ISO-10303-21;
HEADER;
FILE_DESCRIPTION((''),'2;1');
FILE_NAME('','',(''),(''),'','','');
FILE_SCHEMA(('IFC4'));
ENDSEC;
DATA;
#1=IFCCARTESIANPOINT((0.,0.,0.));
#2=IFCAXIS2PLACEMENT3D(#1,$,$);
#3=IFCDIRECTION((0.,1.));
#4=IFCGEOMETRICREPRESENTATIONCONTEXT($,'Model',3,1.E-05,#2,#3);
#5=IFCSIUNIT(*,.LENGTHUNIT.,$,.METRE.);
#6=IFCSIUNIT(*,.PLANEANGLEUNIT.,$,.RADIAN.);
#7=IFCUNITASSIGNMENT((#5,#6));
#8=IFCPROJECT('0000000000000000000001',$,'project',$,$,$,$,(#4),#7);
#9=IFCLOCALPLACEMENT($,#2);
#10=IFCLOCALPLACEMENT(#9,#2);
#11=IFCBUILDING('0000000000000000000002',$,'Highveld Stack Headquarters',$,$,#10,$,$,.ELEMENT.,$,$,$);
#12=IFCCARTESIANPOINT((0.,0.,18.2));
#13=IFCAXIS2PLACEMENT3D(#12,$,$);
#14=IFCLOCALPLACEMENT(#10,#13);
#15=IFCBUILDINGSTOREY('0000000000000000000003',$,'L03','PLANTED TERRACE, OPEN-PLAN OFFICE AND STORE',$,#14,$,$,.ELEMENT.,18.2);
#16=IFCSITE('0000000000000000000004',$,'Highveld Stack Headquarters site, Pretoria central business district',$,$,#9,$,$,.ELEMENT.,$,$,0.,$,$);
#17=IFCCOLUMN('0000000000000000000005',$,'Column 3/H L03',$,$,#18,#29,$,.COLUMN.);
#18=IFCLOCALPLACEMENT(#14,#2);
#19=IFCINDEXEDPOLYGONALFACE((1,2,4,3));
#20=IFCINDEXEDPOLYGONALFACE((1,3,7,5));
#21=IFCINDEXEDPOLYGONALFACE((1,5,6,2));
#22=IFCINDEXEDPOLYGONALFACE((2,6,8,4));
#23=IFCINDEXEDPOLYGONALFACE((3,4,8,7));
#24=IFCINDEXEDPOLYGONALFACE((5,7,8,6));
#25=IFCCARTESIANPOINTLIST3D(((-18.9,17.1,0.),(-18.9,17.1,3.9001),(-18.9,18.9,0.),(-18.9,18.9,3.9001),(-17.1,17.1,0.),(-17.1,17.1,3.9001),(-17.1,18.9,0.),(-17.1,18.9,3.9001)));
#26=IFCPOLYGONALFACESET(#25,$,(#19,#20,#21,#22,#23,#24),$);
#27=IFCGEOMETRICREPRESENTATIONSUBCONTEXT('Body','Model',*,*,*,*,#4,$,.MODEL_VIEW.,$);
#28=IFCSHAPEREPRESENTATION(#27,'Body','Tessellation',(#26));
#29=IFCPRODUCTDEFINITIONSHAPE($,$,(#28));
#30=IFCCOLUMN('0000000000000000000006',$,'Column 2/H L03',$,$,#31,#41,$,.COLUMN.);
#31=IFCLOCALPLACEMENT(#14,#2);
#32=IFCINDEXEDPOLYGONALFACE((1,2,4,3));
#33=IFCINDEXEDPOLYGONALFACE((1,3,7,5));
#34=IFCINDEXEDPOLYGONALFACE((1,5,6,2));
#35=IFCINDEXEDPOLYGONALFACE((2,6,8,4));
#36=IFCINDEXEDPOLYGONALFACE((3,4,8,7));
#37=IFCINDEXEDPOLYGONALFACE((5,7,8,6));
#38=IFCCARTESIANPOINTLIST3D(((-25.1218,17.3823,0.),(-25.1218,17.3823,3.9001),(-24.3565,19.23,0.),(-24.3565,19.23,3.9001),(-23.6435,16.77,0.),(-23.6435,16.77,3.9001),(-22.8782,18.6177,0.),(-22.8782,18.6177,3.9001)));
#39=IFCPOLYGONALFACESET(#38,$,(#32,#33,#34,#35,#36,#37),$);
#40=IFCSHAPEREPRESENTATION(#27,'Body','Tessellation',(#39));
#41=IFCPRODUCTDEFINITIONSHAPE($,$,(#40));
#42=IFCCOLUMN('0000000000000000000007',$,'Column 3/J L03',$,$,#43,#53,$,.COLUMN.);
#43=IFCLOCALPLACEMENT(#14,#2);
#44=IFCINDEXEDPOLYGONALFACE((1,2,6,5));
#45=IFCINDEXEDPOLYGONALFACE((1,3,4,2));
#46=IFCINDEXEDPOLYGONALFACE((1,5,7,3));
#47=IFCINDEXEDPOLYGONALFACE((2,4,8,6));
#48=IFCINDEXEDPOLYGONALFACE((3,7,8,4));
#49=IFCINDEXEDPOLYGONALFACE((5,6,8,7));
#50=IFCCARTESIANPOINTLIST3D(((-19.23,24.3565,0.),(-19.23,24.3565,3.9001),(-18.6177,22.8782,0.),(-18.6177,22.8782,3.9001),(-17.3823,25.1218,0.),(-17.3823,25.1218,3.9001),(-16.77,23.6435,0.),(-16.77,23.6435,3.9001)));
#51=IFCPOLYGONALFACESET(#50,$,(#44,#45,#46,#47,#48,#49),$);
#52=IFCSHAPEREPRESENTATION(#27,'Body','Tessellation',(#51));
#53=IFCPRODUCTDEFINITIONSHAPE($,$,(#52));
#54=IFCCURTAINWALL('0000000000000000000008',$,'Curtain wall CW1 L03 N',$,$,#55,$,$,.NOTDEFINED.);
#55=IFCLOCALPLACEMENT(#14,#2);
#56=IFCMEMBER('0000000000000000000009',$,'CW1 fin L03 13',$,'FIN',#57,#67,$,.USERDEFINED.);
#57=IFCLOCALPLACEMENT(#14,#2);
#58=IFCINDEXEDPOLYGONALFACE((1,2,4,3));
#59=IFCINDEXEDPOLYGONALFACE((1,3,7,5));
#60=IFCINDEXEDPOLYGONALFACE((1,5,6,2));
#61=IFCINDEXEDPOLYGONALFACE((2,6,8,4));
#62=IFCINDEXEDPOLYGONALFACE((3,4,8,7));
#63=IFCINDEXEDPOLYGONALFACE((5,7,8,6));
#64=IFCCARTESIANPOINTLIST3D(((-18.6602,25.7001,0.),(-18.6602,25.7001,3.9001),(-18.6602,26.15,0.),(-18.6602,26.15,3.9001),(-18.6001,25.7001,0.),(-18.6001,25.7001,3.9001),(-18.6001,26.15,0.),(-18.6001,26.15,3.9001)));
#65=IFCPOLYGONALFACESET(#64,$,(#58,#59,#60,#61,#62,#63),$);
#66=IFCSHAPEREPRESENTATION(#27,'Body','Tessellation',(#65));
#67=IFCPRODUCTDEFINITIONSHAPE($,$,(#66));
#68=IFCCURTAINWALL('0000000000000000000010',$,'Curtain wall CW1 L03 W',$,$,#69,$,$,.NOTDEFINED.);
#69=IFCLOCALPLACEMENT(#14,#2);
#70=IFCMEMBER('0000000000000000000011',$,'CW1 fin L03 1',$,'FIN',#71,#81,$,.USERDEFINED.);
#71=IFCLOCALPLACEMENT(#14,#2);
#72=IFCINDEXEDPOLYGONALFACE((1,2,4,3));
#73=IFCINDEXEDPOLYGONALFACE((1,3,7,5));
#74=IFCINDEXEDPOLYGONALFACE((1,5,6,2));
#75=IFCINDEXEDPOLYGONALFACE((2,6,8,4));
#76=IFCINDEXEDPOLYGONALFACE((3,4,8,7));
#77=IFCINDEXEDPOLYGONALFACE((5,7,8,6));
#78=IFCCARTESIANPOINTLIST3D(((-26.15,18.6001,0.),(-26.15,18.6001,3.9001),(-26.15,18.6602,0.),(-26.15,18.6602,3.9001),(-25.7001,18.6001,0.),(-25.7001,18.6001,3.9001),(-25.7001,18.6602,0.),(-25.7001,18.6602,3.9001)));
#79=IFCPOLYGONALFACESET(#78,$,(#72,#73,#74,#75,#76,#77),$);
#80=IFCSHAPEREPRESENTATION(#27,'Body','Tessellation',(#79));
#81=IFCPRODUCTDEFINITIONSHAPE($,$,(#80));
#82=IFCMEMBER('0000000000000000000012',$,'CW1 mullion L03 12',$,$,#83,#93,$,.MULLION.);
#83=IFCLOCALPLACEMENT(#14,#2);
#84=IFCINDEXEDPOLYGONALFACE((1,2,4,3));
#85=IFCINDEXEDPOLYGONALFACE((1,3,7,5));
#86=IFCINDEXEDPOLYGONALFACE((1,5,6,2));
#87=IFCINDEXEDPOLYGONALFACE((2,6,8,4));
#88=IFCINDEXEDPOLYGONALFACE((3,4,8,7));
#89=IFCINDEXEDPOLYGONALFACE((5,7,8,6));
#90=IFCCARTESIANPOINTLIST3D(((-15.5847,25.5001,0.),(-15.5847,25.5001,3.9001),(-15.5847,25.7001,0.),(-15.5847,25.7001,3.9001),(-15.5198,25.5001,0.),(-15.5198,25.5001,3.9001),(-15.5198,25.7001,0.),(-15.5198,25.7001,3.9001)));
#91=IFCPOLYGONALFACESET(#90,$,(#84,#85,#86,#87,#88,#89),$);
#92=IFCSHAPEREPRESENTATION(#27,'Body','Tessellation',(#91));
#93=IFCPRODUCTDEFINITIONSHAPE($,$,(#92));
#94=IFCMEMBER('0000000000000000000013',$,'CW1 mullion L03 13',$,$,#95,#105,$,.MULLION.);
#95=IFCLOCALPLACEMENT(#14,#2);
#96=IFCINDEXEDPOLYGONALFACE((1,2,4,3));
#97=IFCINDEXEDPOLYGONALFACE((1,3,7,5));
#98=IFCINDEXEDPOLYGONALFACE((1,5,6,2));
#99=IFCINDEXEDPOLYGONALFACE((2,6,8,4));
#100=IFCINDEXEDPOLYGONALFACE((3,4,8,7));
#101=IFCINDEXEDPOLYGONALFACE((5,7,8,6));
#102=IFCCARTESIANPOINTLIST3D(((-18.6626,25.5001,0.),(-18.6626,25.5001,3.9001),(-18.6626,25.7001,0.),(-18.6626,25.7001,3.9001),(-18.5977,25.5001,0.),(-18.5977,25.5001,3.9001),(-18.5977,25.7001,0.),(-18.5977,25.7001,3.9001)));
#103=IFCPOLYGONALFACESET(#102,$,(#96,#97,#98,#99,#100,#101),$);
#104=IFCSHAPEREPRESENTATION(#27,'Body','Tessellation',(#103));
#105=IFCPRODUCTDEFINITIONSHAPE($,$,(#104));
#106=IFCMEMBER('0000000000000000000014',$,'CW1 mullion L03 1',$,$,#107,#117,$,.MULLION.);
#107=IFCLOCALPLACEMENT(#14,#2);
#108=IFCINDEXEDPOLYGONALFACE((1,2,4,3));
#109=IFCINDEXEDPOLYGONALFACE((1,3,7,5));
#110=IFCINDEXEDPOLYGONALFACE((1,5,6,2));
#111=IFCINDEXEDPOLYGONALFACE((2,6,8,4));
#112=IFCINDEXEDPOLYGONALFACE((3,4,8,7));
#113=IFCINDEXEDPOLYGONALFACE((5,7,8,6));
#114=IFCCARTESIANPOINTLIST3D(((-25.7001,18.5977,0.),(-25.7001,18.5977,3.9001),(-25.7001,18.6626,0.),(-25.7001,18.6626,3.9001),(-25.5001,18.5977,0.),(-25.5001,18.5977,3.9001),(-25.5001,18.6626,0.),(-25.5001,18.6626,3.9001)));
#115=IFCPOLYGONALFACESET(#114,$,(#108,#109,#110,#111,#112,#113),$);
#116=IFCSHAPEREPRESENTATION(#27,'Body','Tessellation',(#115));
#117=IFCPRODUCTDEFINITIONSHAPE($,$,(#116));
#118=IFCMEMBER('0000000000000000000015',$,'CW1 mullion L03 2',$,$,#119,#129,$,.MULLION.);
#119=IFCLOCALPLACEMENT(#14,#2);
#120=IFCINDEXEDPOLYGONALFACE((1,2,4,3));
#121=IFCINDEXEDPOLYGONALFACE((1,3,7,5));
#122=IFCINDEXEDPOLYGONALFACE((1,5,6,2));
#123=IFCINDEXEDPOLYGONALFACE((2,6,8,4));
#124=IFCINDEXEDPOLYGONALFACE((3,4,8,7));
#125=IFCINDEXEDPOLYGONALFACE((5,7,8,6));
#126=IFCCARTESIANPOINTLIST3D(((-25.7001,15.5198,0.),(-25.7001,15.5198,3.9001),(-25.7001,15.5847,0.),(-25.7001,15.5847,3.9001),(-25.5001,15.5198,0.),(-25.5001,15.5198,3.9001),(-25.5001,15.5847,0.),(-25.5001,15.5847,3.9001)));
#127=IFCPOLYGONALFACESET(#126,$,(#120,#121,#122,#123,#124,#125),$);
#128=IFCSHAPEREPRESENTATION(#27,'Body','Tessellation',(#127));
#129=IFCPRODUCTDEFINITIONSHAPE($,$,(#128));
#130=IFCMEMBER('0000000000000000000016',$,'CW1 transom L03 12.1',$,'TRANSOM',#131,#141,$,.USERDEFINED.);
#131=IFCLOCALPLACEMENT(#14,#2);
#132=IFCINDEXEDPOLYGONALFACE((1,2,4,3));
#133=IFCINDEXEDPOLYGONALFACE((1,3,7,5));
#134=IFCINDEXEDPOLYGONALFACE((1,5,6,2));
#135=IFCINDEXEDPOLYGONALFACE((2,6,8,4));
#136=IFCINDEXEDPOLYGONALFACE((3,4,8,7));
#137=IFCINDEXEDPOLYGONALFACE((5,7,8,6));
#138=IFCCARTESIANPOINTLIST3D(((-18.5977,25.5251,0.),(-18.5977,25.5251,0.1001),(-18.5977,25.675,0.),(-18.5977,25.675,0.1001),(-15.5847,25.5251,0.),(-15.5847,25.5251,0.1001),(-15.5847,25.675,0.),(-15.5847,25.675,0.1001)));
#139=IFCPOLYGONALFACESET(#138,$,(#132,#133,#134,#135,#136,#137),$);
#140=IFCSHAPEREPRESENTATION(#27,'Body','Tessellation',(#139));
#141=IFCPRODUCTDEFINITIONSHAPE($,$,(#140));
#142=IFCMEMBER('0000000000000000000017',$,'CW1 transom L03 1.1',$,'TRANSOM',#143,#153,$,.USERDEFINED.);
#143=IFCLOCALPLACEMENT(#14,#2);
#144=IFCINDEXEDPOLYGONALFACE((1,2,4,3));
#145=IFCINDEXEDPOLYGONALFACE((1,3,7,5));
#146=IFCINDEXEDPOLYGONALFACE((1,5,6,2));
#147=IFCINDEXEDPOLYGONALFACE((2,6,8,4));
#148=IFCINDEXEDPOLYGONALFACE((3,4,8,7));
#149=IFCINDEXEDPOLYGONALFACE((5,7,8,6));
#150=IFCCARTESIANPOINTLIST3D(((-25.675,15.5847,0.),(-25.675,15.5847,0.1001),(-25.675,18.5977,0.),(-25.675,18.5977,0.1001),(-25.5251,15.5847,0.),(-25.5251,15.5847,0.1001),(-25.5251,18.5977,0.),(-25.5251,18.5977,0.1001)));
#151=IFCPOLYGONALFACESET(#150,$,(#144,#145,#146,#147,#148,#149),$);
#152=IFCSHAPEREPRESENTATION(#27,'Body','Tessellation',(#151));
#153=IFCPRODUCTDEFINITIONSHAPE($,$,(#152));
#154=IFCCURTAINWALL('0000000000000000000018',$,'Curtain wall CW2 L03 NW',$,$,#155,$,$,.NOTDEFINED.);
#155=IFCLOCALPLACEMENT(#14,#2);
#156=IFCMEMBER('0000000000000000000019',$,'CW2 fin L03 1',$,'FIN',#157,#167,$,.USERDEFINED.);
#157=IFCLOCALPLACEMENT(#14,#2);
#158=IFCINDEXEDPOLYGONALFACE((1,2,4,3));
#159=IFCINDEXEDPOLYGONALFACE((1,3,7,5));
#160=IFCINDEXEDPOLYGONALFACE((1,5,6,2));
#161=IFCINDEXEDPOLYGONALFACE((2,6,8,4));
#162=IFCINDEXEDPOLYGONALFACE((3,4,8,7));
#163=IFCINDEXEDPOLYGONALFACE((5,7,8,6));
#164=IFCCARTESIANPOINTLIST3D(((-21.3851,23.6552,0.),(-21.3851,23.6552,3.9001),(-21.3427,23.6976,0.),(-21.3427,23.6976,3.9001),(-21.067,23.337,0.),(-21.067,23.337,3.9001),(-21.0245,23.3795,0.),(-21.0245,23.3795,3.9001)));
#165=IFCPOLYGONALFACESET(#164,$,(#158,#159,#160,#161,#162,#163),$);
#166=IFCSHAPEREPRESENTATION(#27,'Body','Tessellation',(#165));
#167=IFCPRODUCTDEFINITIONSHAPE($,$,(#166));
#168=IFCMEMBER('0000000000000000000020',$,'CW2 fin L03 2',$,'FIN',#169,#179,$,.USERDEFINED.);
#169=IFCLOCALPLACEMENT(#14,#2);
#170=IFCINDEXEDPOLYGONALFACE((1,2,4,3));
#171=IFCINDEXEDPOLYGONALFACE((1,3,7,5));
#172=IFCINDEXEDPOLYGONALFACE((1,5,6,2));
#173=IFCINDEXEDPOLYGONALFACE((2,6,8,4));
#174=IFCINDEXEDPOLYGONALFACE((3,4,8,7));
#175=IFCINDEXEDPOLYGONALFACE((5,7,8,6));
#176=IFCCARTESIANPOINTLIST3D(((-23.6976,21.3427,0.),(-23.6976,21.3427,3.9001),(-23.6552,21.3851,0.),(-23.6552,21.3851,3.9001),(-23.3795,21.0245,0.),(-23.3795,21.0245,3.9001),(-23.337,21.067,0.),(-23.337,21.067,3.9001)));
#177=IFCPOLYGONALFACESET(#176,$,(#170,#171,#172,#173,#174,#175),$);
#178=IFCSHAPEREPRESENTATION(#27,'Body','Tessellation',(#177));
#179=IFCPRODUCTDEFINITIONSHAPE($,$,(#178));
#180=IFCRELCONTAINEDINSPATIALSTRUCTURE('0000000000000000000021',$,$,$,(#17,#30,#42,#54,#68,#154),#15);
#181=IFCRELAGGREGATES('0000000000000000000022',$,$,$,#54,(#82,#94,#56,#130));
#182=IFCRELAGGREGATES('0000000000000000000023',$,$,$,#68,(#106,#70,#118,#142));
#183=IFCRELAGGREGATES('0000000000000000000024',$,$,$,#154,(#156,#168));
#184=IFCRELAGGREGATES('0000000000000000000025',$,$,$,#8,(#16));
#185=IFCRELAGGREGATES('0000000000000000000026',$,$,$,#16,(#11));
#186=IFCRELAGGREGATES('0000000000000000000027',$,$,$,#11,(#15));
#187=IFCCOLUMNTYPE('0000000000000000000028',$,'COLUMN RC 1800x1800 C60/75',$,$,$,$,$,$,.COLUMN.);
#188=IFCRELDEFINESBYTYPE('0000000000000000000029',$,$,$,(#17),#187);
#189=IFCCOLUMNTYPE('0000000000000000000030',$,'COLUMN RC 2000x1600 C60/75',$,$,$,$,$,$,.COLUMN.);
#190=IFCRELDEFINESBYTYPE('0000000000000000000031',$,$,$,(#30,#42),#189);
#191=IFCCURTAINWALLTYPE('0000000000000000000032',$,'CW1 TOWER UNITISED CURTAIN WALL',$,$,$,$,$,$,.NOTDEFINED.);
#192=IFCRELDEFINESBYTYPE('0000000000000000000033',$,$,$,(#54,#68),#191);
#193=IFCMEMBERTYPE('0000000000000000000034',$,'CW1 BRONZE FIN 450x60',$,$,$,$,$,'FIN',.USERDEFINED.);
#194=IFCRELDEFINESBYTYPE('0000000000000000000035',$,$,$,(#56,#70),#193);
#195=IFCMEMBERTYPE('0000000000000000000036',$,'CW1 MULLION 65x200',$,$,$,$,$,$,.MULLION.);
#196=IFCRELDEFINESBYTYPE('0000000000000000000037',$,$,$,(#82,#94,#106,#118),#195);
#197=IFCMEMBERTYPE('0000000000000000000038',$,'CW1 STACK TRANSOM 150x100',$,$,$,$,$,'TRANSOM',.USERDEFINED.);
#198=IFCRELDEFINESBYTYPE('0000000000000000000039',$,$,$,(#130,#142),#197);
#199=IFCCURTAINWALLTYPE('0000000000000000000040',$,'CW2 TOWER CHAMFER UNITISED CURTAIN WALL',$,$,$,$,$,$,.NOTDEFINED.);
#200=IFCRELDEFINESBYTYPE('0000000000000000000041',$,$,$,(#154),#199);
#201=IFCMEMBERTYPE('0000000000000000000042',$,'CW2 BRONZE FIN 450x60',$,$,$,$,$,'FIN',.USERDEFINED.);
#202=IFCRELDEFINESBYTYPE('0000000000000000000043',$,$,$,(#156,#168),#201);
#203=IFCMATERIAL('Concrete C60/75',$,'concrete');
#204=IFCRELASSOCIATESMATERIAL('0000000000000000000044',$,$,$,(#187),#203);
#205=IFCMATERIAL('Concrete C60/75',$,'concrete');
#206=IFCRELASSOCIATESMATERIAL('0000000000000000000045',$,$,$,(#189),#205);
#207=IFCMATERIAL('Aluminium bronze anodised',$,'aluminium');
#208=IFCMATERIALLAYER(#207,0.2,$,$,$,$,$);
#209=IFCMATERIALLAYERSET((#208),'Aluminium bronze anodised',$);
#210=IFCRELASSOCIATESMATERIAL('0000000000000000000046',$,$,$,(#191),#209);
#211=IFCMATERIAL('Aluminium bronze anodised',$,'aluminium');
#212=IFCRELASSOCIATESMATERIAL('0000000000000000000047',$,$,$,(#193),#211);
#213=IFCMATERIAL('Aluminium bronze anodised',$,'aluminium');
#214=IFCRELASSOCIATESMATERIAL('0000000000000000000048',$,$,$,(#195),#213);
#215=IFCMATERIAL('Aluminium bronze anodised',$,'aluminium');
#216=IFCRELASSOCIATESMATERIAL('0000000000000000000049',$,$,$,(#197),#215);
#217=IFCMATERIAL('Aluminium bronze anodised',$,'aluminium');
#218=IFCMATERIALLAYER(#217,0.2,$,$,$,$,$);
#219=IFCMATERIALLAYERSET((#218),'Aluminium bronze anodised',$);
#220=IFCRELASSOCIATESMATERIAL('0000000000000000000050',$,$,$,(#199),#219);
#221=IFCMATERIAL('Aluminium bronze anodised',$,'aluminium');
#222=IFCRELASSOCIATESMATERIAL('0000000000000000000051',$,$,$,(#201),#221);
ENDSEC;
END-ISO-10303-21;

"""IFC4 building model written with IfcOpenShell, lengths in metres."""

from ifc_helpers import new_model, si_unit, direction, frame, origin, origin_2d, place, context, subcontext, project, spatial, rectangle, extrude, material, layer, layer_set, material_profile, profile_set, type_object, element, aggregate, save


model = new_model("IFC4")

# Units and contexts
model_context = context("Model", 3, precision=1e-05, world=origin(), true_north=direction((0.0, 1.0)))
body_context = subcontext(model_context, "Body", "Model", "MODEL_VIEW")
ifc_project = project(units=[si_unit("LENGTHUNIT", "METRE"), si_unit("PLANEANGLEUNIT", "RADIAN")], contexts=[model_context])

# Site, building, storey
site_placement = place(None, origin())
site = spatial("IfcSite", under=ifc_project, at=site_placement, Name="Highveld Stack Headquarters site, Pretoria central business district", CompositionType="ELEMENT", RefElevation=0.0)
building_placement = place(site_placement, origin())
building = spatial("IfcBuilding", under=site, at=building_placement, Name="Highveld Stack Headquarters", CompositionType="ELEMENT")
storey_placement = place(building_placement, frame((0.0, 0.0, 18.2)))
storey = spatial("IfcBuildingStorey", under=building, at=storey_placement, Name="L03", Description="PLANTED TERRACE, OPEN-PLAN OFFICE AND STORE", CompositionType="ELEMENT", Elevation=18.2)

# Columns
ifc_material_1 = material(Name="Concrete C60/75", Category="concrete")
ifc_material_profile_1 = material_profile(ifc_material_1, rectangle(XDim=1.8, YDim=1.8, at=origin_2d()), Name="RC 1800x1800")
ifc_profile_set_1 = profile_set([ifc_material_profile_1], Name="Concrete C60/75")
column_type_1 = type_object("IfcColumnType", Name="COLUMN RC 1800x1800 C60/75", PredefinedType="COLUMN", material=ifc_profile_set_1)
column_placement = place(storey_placement, frame((-18.0, 18.0, 0.0), z_axis=(0.0, 0.0, 1.0), x_axis=(1.0, 0.0, 0.0)))
element("IfcColumn", 1, at=column_placement, inside=storey, type_object=column_type_1, Name="Column 3/H L03", PredefinedType="COLUMN", context=body_context, shape_type="SweptSolid", body=[
    extrude(rectangle(XDim=1.8, YDim=1.8, at=origin_2d()), origin(), (0.0, 0.0, 1.0), 3.9001),
])
ifc_material_2 = material(Name="Concrete C60/75", Category="concrete")
ifc_material_profile_2 = material_profile(ifc_material_2, rectangle(XDim=2.0, YDim=1.6001, at=origin_2d()), Name="RC 2000x1600")
ifc_profile_set_2 = profile_set([ifc_material_profile_2], Name="Concrete C60/75")
column_type_2 = type_object("IfcColumnType", Name="COLUMN RC 2000x1600 C60/75", PredefinedType="COLUMN", material=ifc_profile_set_2)
for number, where, z_axis, x_axis, name in (
    (2, (-24.0, 18.0, 0.0), (0.0, 0.0, 1.0), (0.382683, 0.92388, 0.0), "Column 2/H L03"),
    (3, (-18.0, 24.0, 0.0), (0.0, 0.0, 1.0), (0.92388, 0.382683, 0.0), "Column 3/J L03"),
):
    element("IfcColumn", number, at=place(storey_placement, frame(where, z_axis=z_axis, x_axis=x_axis)), inside=storey, type_object=column_type_2, Name=name, PredefinedType="COLUMN", context=body_context, shape_type="SweptSolid", body=[
        extrude(rectangle(XDim=2.0, YDim=1.6001, at=origin_2d()), origin(), (0.0, 0.0, 1.0), 3.9001),
    ])

# Curtain walls, members
ifc_material_3 = material(Name="Aluminium bronze anodised", Category="aluminium")
ifc_layer_1 = layer(ifc_material_3, 0.2)
ifc_layer_set_1 = layer_set([ifc_layer_1], Name="Aluminium bronze anodised")
curtain_wall_type_1 = type_object("IfcCurtainWallType", Name="CW1 TOWER UNITISED CURTAIN WALL", PredefinedType="NOTDEFINED", material=ifc_layer_set_1)
curtain_wall_1_placement = place(storey_placement, origin())
curtain_wall_1 = element("IfcCurtainWall", 4, at=curtain_wall_1_placement, inside=storey, type_object=curtain_wall_type_1, Name="Curtain wall CW1 L03 N", PredefinedType="NOTDEFINED")
ifc_material_4 = material(Name="Aluminium bronze anodised", Category="aluminium")
ifc_material_profile_3 = material_profile(ifc_material_4, rectangle(XDim=0.45, YDim=0.0601, at=origin_2d()), Name="FIN 450x60")
ifc_profile_set_3 = profile_set([ifc_material_profile_3], Name="Aluminium bronze anodised")
member_type_1 = type_object("IfcMemberType", Name="CW1 BRONZE FIN 450x60", ElementType="FIN", PredefinedType="USERDEFINED", material=ifc_profile_set_3)
member_1_placement = place(storey_placement, frame((-18.6301, 25.925, 0.0), z_axis=(0.0, 0.0, 1.0), x_axis=(0.0, -1.0, 0.0)))
member_1 = element("IfcMember", 5, at=member_1_placement, type_object=member_type_1, Name="CW1 fin L03 13", ObjectType="FIN", PredefinedType="USERDEFINED", context=body_context, shape_type="SweptSolid", body=[
    extrude(rectangle(XDim=0.45, YDim=0.0601, at=origin_2d()), origin(), (0.0, 0.0, 1.0), 3.9001),
])
curtain_wall_2_placement = place(storey_placement, origin())
curtain_wall_2 = element("IfcCurtainWall", 6, at=curtain_wall_2_placement, inside=storey, type_object=curtain_wall_type_1, Name="Curtain wall CW1 L03 W", PredefinedType="NOTDEFINED")
member_2_placement = place(storey_placement, frame((-25.925, 18.6301, 0.0), z_axis=(0.0, 0.0, 1.0), x_axis=(1.0, 0.0, 0.0)))
member_2 = element("IfcMember", 7, at=member_2_placement, type_object=member_type_1, Name="CW1 fin L03 1", ObjectType="FIN", PredefinedType="USERDEFINED", context=body_context, shape_type="SweptSolid", body=[
    extrude(rectangle(XDim=0.45, YDim=0.0601, at=origin_2d()), origin(), (0.0, 0.0, 1.0), 3.9001),
])

# Members
ifc_material_5 = material(Name="Aluminium bronze anodised", Category="aluminium")
ifc_material_profile_4 = material_profile(ifc_material_5, rectangle(XDim=0.2, YDim=0.0649, at=origin_2d()), Name="CW1 MULLION 65x200")
ifc_profile_set_4 = profile_set([ifc_material_profile_4], Name="Aluminium bronze anodised")
member_type_2 = type_object("IfcMemberType", Name="CW1 MULLION 65x200", PredefinedType="MULLION", material=ifc_profile_set_4)
member_3_placement = place(storey_placement, frame((-15.5522, 25.6001, 0.0), z_axis=(0.0, 0.0, 1.0), x_axis=(0.0, -1.0, 0.0)))
member_3 = element("IfcMember", 8, at=member_3_placement, type_object=member_type_2, Name="CW1 mullion L03 12", PredefinedType="MULLION", context=body_context, shape_type="SweptSolid", body=[
    extrude(rectangle(XDim=0.2, YDim=0.0649, at=origin_2d()), origin(), (0.0, 0.0, 1.0), 3.9001),
])
member_4_placement = place(storey_placement, frame((-18.6301, 25.6001, 0.0), z_axis=(0.0, 0.0, 1.0), x_axis=(0.0, -1.0, 0.0)))
member_4 = element("IfcMember", 9, at=member_4_placement, type_object=member_type_2, Name="CW1 mullion L03 13", PredefinedType="MULLION", context=body_context, shape_type="SweptSolid", body=[
    extrude(rectangle(XDim=0.2, YDim=0.0649, at=origin_2d()), origin(), (0.0, 0.0, 1.0), 3.9001),
])
member_5_placement = place(storey_placement, frame((-25.6001, 18.6301, 0.0), z_axis=(0.0, 0.0, 1.0), x_axis=(1.0, 0.0, 0.0)))
member_5 = element("IfcMember", 10, at=member_5_placement, type_object=member_type_2, Name="CW1 mullion L03 1", PredefinedType="MULLION", context=body_context, shape_type="SweptSolid", body=[
    extrude(rectangle(XDim=0.2, YDim=0.0649, at=origin_2d()), origin(), (0.0, 0.0, 1.0), 3.9001),
])
member_6_placement = place(storey_placement, frame((-25.6001, 15.5522, 0.0), z_axis=(0.0, 0.0, 1.0), x_axis=(1.0, 0.0, 0.0)))
member_6 = element("IfcMember", 11, at=member_6_placement, type_object=member_type_2, Name="CW1 mullion L03 2", PredefinedType="MULLION", context=body_context, shape_type="SweptSolid", body=[
    extrude(rectangle(XDim=0.2, YDim=0.0649, at=origin_2d()), origin(), (0.0, 0.0, 1.0), 3.9001),
])
ifc_material_6 = material(Name="Aluminium bronze anodised", Category="aluminium")
ifc_material_profile_5 = material_profile(ifc_material_6, rectangle(XDim=0.1499, YDim=0.1001, at=origin_2d()), Name="CW1 TRANSOM 150x100")
ifc_profile_set_5 = profile_set([ifc_material_profile_5], Name="Aluminium bronze anodised")
member_type_3 = type_object("IfcMemberType", Name="CW1 STACK TRANSOM 150x100", ElementType="TRANSOM", PredefinedType="USERDEFINED", material=ifc_profile_set_5)
member_7_placement = place(storey_placement, frame((-15.5847, 25.6001, 0.05), z_axis=(-1.0, 0.0, 0.0), x_axis=(0.0, -1.0, 0.0)))
member_7 = element("IfcMember", 12, at=member_7_placement, type_object=member_type_3, Name="CW1 transom L03 12.1", ObjectType="TRANSOM", PredefinedType="USERDEFINED", context=body_context, shape_type="SweptSolid", body=[
    extrude(rectangle(XDim=0.1499, YDim=0.1001, at=origin_2d()), origin(), (0.0, 0.0, 1.0), 3.0129),
])
member_8_placement = place(storey_placement, frame((-25.6001, 18.5977, 0.05), z_axis=(0.0, -1.0, 0.0), x_axis=(1.0, 0.0, 0.0)))
member_8 = element("IfcMember", 13, at=member_8_placement, type_object=member_type_3, Name="CW1 transom L03 1.1", ObjectType="TRANSOM", PredefinedType="USERDEFINED", context=body_context, shape_type="SweptSolid", body=[
    extrude(rectangle(XDim=0.1499, YDim=0.1001, at=origin_2d()), origin(), (0.0, 0.0, 1.0), 3.0129),
])

# Curtain wall, members
ifc_material_7 = material(Name="Aluminium bronze anodised", Category="aluminium")
ifc_layer_2 = layer(ifc_material_7, 0.2)
ifc_layer_set_2 = layer_set([ifc_layer_2], Name="Aluminium bronze anodised")
curtain_wall_type_2 = type_object("IfcCurtainWallType", Name="CW2 TOWER CHAMFER UNITISED CURTAIN WALL", PredefinedType="NOTDEFINED", material=ifc_layer_set_2)
curtain_wall_3_placement = place(storey_placement, origin())
curtain_wall_3 = element("IfcCurtainWall", 14, at=curtain_wall_3_placement, inside=storey, type_object=curtain_wall_type_2, Name="Curtain wall CW2 L03 NW", PredefinedType="NOTDEFINED")
ifc_material_8 = material(Name="Aluminium bronze anodised", Category="aluminium")
ifc_material_profile_6 = material_profile(ifc_material_8, rectangle(XDim=0.45, YDim=0.0601, at=origin_2d()), Name="FIN 450x60")
ifc_profile_set_6 = profile_set([ifc_material_profile_6], Name="Aluminium bronze anodised")
member_type_4 = type_object("IfcMemberType", Name="CW2 BRONZE FIN 450x60", ElementType="FIN", PredefinedType="USERDEFINED", material=ifc_profile_set_6)
member_9_placement = place(storey_placement, frame((-21.2048, 23.5173, 0.0), z_axis=(0.0, 0.0, 1.0), x_axis=(0.707107, -0.707107, 0.0)))
member_9 = element("IfcMember", 15, at=member_9_placement, type_object=member_type_4, Name="CW2 fin L03 1", ObjectType="FIN", PredefinedType="USERDEFINED", context=body_context, shape_type="SweptSolid", body=[
    extrude(rectangle(XDim=0.45, YDim=0.0601, at=origin_2d()), origin(), (0.0, 0.0, 1.0), 3.9001),
])
member_10_placement = place(storey_placement, frame((-23.5173, 21.2048, 0.0), z_axis=(0.0, 0.0, 1.0), x_axis=(0.707107, -0.707107, 0.0)))
member_10 = element("IfcMember", 16, at=member_10_placement, type_object=member_type_4, Name="CW2 fin L03 2", ObjectType="FIN", PredefinedType="USERDEFINED", context=body_context, shape_type="SweptSolid", body=[
    extrude(rectangle(XDim=0.45, YDim=0.0601, at=origin_2d()), origin(), (0.0, 0.0, 1.0), 3.9001),
])

aggregate(curtain_wall_1, [member_3, member_4, member_1, member_7])
aggregate(curtain_wall_2, [member_5, member_2, member_6, member_8])
aggregate(curtain_wall_3, [member_9, member_10])

save(model, "model.ifc")
